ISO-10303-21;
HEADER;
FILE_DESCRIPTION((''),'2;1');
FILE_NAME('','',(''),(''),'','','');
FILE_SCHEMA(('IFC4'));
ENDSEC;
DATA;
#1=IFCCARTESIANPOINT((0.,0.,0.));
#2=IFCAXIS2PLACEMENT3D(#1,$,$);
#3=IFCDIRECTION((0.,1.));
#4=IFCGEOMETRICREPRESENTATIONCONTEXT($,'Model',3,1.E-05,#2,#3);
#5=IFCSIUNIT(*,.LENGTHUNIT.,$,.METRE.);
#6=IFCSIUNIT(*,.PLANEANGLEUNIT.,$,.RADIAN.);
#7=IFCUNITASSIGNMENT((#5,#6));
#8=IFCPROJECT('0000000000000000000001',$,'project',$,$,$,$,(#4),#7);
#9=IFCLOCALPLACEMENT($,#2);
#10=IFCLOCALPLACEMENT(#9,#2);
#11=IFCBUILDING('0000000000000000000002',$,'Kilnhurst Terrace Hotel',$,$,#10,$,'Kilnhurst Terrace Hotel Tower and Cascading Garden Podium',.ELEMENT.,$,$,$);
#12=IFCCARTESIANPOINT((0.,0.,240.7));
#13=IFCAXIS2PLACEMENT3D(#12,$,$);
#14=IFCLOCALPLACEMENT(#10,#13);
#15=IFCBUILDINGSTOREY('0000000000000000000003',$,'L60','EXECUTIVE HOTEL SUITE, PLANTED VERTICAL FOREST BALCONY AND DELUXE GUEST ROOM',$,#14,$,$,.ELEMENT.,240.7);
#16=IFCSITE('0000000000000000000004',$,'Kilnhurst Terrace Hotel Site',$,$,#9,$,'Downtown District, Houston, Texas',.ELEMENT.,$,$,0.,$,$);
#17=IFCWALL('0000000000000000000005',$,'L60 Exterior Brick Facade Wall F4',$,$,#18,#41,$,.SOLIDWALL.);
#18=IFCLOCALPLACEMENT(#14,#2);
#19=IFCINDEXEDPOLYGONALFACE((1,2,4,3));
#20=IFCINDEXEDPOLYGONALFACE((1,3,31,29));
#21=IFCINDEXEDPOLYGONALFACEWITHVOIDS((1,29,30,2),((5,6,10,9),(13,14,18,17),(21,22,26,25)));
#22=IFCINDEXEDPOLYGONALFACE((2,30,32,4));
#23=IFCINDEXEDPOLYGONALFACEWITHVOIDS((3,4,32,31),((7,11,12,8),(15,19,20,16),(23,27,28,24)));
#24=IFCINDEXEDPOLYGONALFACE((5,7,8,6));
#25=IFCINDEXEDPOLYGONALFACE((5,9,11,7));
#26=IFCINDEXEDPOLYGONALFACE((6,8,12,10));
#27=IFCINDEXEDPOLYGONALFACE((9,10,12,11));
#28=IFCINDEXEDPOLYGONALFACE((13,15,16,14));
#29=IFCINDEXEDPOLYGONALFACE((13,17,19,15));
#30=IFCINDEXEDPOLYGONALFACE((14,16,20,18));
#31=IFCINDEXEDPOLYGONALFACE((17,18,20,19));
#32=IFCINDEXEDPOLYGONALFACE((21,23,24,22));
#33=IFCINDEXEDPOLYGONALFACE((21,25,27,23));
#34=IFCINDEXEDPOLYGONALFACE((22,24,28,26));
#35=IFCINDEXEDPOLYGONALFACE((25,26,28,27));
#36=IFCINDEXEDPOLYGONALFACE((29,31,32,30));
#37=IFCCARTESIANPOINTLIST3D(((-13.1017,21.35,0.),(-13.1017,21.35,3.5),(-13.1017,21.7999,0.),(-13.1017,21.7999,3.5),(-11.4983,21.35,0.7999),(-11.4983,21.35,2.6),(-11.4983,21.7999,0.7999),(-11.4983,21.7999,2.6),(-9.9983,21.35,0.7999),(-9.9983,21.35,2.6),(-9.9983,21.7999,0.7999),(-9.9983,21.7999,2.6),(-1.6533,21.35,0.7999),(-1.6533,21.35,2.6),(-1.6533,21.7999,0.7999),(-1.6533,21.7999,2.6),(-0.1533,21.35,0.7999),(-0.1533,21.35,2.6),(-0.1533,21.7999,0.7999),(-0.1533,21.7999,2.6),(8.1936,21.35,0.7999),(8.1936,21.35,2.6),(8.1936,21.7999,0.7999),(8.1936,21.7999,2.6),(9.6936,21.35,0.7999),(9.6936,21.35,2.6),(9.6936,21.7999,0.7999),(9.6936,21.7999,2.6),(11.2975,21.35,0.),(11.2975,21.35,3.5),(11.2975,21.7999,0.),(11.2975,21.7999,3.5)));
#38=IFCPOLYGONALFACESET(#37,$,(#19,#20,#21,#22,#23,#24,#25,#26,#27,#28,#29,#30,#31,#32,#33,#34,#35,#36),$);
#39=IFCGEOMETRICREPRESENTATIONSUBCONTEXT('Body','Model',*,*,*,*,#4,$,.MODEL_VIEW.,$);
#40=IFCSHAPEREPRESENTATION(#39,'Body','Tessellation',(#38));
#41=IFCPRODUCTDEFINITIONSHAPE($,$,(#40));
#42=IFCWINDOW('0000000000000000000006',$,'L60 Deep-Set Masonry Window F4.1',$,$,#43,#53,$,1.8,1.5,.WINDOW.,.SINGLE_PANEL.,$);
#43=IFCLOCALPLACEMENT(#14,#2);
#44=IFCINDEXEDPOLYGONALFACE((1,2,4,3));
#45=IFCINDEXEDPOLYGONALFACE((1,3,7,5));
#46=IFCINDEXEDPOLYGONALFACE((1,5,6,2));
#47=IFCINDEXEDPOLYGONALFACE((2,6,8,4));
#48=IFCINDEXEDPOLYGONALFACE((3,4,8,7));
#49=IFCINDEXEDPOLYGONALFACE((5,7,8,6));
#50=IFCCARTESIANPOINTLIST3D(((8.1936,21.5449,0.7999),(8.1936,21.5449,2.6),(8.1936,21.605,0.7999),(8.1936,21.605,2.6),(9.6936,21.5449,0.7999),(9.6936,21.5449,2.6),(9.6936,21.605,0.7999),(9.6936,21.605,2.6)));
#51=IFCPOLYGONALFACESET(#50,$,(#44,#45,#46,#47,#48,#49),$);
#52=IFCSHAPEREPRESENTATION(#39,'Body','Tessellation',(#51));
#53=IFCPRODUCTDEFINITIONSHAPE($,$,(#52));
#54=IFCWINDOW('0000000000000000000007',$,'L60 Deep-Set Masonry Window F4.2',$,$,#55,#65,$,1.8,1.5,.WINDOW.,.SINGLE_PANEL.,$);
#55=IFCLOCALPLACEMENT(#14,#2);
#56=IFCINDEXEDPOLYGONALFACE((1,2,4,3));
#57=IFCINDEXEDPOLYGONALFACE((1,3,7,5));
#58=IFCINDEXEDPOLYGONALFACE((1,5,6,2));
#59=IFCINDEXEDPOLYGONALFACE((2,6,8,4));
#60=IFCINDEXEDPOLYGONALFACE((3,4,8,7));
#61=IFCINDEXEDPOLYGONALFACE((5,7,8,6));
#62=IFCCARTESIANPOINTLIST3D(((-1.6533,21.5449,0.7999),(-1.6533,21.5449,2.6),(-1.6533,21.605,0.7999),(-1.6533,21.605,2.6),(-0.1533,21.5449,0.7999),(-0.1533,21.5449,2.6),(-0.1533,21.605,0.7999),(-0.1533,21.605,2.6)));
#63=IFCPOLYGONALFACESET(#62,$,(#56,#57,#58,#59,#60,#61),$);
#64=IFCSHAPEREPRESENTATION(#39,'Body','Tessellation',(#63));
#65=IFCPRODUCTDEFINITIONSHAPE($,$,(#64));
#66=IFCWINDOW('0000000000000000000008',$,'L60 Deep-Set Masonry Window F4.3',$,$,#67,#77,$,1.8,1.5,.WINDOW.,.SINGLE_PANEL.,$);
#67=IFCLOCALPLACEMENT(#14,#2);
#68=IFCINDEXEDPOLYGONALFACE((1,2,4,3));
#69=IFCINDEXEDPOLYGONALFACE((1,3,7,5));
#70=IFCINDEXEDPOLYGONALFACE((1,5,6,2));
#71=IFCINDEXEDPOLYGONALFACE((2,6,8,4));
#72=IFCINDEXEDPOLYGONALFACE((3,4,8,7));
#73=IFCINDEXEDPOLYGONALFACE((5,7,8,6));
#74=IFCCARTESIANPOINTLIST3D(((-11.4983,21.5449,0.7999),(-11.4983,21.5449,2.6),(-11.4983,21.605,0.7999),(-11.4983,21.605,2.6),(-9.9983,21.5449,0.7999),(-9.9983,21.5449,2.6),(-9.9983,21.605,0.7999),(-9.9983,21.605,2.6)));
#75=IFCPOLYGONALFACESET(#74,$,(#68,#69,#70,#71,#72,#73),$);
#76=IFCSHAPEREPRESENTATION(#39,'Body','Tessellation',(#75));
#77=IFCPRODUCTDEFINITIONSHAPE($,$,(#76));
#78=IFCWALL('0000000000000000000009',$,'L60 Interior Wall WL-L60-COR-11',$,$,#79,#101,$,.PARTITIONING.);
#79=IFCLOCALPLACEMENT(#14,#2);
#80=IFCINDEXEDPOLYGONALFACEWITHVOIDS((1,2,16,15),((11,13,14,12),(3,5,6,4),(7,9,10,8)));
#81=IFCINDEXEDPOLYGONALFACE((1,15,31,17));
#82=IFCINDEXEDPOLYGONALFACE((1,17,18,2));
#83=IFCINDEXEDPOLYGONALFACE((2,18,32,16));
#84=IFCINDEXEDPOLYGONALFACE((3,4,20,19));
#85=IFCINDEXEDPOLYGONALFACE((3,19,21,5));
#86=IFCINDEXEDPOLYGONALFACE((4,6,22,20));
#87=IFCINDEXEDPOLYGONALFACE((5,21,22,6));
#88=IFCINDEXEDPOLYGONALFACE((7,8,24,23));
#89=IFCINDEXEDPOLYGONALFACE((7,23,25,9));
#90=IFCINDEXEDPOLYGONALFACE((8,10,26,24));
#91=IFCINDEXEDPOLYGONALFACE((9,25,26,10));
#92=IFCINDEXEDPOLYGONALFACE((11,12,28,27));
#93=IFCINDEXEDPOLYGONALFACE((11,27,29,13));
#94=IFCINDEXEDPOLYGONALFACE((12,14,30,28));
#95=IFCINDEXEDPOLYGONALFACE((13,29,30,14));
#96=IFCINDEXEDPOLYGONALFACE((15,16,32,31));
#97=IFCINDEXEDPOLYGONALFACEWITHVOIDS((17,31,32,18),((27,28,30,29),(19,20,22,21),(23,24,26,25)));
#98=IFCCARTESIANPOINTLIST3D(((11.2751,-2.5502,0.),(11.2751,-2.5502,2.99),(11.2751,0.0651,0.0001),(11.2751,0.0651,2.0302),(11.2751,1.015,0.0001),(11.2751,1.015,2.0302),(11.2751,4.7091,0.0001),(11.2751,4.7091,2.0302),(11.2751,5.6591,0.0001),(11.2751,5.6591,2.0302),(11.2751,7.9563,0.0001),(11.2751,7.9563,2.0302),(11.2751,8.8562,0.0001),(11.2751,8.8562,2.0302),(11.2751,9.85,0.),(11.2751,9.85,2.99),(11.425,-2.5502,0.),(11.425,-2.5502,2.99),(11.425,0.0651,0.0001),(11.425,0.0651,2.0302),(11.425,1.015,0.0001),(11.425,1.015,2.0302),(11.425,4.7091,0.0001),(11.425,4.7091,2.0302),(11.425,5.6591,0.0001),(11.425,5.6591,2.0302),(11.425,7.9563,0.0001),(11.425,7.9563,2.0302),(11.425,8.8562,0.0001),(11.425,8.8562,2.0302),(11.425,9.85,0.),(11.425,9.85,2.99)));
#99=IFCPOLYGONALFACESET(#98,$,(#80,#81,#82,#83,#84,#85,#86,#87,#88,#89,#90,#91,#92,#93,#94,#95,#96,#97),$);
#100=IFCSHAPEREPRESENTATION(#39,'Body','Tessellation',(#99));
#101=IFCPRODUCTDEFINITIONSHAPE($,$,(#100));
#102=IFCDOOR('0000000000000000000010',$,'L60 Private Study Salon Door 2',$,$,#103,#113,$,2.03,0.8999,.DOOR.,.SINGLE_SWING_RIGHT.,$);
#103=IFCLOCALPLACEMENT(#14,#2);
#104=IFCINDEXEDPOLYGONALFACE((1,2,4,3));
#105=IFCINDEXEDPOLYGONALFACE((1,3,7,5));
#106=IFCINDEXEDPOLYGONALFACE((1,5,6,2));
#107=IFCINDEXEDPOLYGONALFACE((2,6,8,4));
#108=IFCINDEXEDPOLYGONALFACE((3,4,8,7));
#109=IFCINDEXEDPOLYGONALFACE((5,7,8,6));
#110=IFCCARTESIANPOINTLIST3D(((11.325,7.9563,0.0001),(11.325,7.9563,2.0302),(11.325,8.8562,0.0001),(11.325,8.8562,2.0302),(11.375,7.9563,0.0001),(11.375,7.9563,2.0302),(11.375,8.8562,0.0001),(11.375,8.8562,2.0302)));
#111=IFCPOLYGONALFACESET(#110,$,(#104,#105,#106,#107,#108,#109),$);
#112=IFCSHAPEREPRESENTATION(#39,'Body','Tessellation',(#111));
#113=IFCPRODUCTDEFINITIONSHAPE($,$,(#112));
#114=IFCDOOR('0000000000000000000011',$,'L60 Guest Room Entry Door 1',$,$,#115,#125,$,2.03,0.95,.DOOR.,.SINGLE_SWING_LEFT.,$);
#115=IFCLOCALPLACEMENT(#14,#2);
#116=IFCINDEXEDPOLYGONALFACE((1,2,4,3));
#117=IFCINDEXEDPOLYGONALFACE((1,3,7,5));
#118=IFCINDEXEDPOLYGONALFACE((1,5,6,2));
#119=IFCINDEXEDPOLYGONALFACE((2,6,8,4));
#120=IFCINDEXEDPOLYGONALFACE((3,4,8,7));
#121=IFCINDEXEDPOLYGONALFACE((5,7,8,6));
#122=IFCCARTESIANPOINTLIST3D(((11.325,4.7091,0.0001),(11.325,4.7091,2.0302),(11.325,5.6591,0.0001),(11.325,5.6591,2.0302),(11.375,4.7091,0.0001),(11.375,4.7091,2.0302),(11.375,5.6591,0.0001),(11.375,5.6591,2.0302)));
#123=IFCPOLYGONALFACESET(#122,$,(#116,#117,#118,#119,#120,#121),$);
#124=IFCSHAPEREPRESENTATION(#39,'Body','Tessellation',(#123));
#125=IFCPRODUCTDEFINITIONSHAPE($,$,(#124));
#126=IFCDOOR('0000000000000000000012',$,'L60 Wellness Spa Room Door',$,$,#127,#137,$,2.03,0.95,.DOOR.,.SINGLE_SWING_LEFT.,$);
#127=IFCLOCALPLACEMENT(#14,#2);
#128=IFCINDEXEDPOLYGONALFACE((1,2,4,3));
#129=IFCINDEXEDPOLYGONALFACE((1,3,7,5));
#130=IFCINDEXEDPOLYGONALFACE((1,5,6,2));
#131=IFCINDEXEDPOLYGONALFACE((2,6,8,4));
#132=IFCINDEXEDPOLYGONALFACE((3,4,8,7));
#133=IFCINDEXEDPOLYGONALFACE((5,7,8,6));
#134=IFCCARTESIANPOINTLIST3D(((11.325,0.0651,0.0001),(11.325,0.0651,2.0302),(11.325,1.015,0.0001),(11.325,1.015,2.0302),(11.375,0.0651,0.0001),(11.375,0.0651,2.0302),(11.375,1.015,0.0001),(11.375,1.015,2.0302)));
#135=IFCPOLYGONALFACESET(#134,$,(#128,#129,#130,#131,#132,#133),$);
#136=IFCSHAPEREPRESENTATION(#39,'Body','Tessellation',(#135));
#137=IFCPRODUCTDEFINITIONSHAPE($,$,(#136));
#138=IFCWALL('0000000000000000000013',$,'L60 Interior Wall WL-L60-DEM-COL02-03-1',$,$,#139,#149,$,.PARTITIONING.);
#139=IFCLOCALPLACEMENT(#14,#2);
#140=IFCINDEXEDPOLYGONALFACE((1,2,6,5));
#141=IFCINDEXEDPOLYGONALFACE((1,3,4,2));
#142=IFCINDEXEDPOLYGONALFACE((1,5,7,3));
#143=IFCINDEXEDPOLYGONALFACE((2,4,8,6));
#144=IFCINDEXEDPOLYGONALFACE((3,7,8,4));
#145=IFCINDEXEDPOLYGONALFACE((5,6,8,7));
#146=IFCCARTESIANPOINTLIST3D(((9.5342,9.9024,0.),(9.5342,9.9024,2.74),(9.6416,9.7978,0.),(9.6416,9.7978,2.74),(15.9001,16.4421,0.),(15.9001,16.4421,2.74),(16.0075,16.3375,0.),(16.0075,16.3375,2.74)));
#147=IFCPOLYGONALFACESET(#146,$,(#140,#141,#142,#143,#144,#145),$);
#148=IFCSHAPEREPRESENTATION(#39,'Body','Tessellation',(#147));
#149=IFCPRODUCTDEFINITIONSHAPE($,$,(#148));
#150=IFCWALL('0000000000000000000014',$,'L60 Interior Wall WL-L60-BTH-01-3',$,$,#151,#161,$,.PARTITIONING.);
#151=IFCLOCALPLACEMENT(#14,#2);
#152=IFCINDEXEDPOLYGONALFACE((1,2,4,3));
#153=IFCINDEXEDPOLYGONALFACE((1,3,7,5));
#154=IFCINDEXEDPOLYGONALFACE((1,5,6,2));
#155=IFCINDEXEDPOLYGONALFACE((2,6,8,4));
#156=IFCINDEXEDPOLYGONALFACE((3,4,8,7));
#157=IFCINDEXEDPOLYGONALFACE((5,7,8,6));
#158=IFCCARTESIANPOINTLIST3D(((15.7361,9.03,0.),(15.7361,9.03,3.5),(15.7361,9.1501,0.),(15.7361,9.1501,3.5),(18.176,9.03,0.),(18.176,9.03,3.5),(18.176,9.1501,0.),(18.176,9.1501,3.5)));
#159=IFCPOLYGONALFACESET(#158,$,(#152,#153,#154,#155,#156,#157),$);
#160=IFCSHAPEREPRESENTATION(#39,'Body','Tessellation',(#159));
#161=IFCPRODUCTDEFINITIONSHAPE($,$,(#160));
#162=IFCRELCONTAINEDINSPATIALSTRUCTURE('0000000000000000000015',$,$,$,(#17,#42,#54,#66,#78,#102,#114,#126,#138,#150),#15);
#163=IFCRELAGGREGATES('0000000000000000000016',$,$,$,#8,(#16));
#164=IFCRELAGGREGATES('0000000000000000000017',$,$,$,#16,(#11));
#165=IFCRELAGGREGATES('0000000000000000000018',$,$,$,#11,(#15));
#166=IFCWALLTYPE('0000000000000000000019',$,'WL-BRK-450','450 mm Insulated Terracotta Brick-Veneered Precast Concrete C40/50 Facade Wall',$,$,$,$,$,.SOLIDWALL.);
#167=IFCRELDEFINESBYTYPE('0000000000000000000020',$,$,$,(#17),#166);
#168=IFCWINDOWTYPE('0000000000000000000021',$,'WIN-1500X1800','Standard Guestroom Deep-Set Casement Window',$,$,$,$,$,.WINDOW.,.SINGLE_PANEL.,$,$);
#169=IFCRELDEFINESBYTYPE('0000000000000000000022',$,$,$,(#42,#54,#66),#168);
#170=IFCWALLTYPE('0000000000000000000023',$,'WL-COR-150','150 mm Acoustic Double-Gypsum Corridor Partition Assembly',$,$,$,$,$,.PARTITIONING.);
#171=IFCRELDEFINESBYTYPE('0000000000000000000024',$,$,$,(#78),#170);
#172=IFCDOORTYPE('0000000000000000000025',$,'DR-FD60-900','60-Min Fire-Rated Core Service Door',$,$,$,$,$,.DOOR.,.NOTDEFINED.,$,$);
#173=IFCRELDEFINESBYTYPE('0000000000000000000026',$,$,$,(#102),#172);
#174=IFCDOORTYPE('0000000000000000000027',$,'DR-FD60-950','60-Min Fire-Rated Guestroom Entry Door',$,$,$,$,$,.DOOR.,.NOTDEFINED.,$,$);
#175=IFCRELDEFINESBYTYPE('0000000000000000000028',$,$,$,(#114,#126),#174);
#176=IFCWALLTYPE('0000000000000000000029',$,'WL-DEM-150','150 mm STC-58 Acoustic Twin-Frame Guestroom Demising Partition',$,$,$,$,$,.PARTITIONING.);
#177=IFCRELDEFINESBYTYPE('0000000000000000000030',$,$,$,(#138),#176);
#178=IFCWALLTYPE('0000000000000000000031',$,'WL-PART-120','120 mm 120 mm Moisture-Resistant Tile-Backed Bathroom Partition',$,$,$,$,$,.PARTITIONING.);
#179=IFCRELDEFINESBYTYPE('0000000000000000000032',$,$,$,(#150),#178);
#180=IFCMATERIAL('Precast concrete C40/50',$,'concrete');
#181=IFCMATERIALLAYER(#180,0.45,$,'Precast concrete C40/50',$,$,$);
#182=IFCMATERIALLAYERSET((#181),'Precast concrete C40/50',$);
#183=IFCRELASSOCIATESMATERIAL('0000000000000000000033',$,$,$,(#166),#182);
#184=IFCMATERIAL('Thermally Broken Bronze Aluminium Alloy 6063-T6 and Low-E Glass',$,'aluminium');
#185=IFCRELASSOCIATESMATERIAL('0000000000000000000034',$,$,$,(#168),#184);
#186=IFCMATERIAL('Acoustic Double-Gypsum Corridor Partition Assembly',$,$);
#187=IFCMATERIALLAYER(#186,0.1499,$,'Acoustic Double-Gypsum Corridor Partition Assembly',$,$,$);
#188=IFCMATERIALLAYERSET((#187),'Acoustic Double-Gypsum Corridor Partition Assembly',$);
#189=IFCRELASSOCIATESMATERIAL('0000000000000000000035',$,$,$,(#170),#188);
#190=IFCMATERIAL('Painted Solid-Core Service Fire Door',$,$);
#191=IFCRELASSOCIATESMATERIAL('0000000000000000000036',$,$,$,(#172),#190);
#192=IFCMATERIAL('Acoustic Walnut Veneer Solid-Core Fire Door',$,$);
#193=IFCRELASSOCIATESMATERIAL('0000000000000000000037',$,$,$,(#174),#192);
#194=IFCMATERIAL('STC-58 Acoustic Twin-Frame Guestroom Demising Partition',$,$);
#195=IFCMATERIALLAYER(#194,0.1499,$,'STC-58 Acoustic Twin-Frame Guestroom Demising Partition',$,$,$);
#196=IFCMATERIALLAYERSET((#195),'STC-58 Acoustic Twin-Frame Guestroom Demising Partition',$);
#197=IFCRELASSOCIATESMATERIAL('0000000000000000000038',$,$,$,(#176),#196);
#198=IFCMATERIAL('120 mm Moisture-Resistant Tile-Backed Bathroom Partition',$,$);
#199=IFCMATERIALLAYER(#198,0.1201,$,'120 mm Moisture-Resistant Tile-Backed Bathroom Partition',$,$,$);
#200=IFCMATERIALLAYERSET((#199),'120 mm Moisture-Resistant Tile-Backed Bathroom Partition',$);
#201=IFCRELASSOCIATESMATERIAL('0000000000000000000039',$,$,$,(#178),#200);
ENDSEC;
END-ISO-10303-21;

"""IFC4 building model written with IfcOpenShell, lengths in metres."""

from ifc_helpers import new_model, si_unit, direction, frame, frame_2d, origin, place, context, subcontext, project, spatial, rectangle, extrude, material, layer, layer_set, type_object, element, fill, save


model = new_model("IFC4")

# Units and contexts
model_context = context("Model", 3, precision=1e-05, world=origin(), true_north=direction((0.0, 1.0)))
body_context = subcontext(model_context, "Body", "Model", "MODEL_VIEW")
ifc_project = project(units=[si_unit("LENGTHUNIT", "METRE"), si_unit("PLANEANGLEUNIT", "RADIAN")], contexts=[model_context])

# Site, building, storey
site_placement = place(None, origin())
site = spatial("IfcSite", under=ifc_project, at=site_placement, Name="Kilnhurst Terrace Hotel Site", LongName="Downtown District, Houston, Texas", CompositionType="ELEMENT", RefElevation=0.0)
building_placement = place(site_placement, origin())
building = spatial("IfcBuilding", under=site, at=building_placement, Name="Kilnhurst Terrace Hotel", LongName="Kilnhurst Terrace Hotel Tower and Cascading Garden Podium", CompositionType="ELEMENT")
storey_placement = place(building_placement, frame((0.0, 0.0, 240.7)))
storey = spatial("IfcBuildingStorey", under=building, at=storey_placement, Name="L60", Description="EXECUTIVE HOTEL SUITE, PLANTED VERTICAL FOREST BALCONY AND DELUXE GUEST ROOM", CompositionType="ELEMENT", Elevation=240.7)

# Shared definitions
ifc_material_1 = material(Name="Precast concrete C40/50", Category="concrete")
ifc_layer_1 = layer(ifc_material_1, 0.45, Name="Precast concrete C40/50")
ifc_layer_set_1 = layer_set([ifc_layer_1], Name="Precast concrete C40/50")
wall_type_1 = type_object("IfcWallType", Name="WL-BRK-450", Description="450 mm Insulated Terracotta Brick-Veneered Precast Concrete C40/50 Facade Wall", PredefinedType="SOLIDWALL", material=ifc_layer_set_1)

# Wall, openings, windows
wall_1_placement = place(storey_placement, frame((11.2976, 21.575, 0.0), z_axis=(0.0, 0.0, 1.0), x_axis=(-1.0, 0.0, 0.0)))
wall_1 = element("IfcWall", 1, at=wall_1_placement, inside=storey, type_object=wall_type_1, Name="L60 Exterior Brick Facade Wall F4", PredefinedType="SOLIDWALL", context=body_context, shape_type="SweptSolid", body=[
    extrude(rectangle(XDim=24.3992, YDim=0.45, at=frame_2d((12.1997, 0.0))), origin(), (0.0, 0.0, 1.0), 3.5),
])
opening_1_placement = place(wall_1_placement, frame((1.604, 0.0, 0.8)))
opening_1 = element("IfcOpeningElement", 2, at=opening_1_placement, cuts=wall_1, PredefinedType="OPENING", context=body_context, shape_type="SweptSolid", body=[
    extrude(rectangle(XDim=1.5, YDim=1.8, at=frame_2d((0.75, 0.8999))), frame((0.0, 0.2349, 0.0), z_axis=(0.0, -1.0, 0.0), x_axis=(1.0, 0.0, 0.0)), (0.0, 0.0, 1.0), 0.47),
])
opening_2_placement = place(wall_1_placement, frame((11.4509, 0.0, 0.8)))
opening_2 = element("IfcOpeningElement", 3, at=opening_2_placement, cuts=wall_1, PredefinedType="OPENING", context=body_context, shape_type="SweptSolid", body=[
    extrude(rectangle(XDim=1.5, YDim=1.8, at=frame_2d((0.75, 0.8999))), frame((0.0, 0.2349, 0.0), z_axis=(0.0, -1.0, 0.0), x_axis=(1.0, 0.0, 0.0)), (0.0, 0.0, 1.0), 0.47),
])
opening_3_placement = place(wall_1_placement, frame((21.2959, 0.0, 0.8)))
opening_3 = element("IfcOpeningElement", 4, at=opening_3_placement, cuts=wall_1, PredefinedType="OPENING", context=body_context, shape_type="SweptSolid", body=[
    extrude(rectangle(XDim=1.5, YDim=1.8, at=frame_2d((0.75, 0.8999))), frame((0.0, 0.2349, 0.0), z_axis=(0.0, -1.0, 0.0), x_axis=(1.0, 0.0, 0.0)), (0.0, 0.0, 1.0), 0.47),
])
ifc_material_2 = material(Name="Thermally Broken Bronze Aluminium Alloy 6063-T6 and Low-E Glass", Category="aluminium")
window_type = type_object("IfcWindowType", Name="WIN-1500X1800", Description="Standard Guestroom Deep-Set Casement Window", PartitioningType="SINGLE_PANEL", PredefinedType="WINDOW", material=ifc_material_2)
window_1_placement = place(opening_1_placement, origin())
window_1 = element("IfcWindow", 5, at=window_1_placement, inside=storey, type_object=window_type, Name="L60 Deep-Set Masonry Window F4.1", OverallHeight=1.8, OverallWidth=1.5, PartitioningType="SINGLE_PANEL", PredefinedType="WINDOW", context=body_context, shape_type="SweptSolid", body=[
    extrude(rectangle(XDim=1.5, YDim=1.8, at=frame_2d((0.75, 0.8999))), frame((0.0, 0.03, 0.0), z_axis=(0.0, -1.0, 0.0), x_axis=(1.0, 0.0, 0.0)), (0.0, 0.0, 1.0), 0.0601),
])
fill(opening_1, window_1)
window_2_placement = place(opening_2_placement, origin())
window_2 = element("IfcWindow", 6, at=window_2_placement, inside=storey, type_object=window_type, Name="L60 Deep-Set Masonry Window F4.2", OverallHeight=1.8, OverallWidth=1.5, PartitioningType="SINGLE_PANEL", PredefinedType="WINDOW", context=body_context, shape_type="SweptSolid", body=[
    extrude(rectangle(XDim=1.5, YDim=1.8, at=frame_2d((0.75, 0.8999))), frame((0.0, 0.03, 0.0), z_axis=(0.0, -1.0, 0.0), x_axis=(1.0, 0.0, 0.0)), (0.0, 0.0, 1.0), 0.0601),
])
fill(opening_2, window_2)
window_3_placement = place(opening_3_placement, origin())
window_3 = element("IfcWindow", 7, at=window_3_placement, inside=storey, type_object=window_type, Name="L60 Deep-Set Masonry Window F4.3", OverallHeight=1.8, OverallWidth=1.5, PartitioningType="SINGLE_PANEL", PredefinedType="WINDOW", context=body_context, shape_type="SweptSolid", body=[
    extrude(rectangle(XDim=1.5, YDim=1.8, at=frame_2d((0.75, 0.8999))), frame((0.0, 0.03, 0.0), z_axis=(0.0, -1.0, 0.0), x_axis=(1.0, 0.0, 0.0)), (0.0, 0.0, 1.0), 0.0601),
])
fill(opening_3, window_3)

# Wall, openings, doors
ifc_material_3 = material(Name="Acoustic Double-Gypsum Corridor Partition Assembly")
ifc_layer_2 = layer(ifc_material_3, 0.1499, Name="Acoustic Double-Gypsum Corridor Partition Assembly")
ifc_layer_set_2 = layer_set([ifc_layer_2], Name="Acoustic Double-Gypsum Corridor Partition Assembly")
wall_type_2 = type_object("IfcWallType", Name="WL-COR-150", Description="150 mm Acoustic Double-Gypsum Corridor Partition Assembly", PredefinedType="PARTITIONING", material=ifc_layer_set_2)
wall_2_placement = place(storey_placement, frame((11.3501, 9.8501, 0.0), z_axis=(0.0, 0.0, 1.0), x_axis=(0.0, -1.0, 0.0)))
wall_2 = element("IfcWall", 8, at=wall_2_placement, inside=storey, type_object=wall_type_2, Name="L60 Interior Wall WL-L60-COR-11", PredefinedType="PARTITIONING", context=body_context, shape_type="SweptSolid", body=[
    extrude(rectangle(XDim=12.4001, YDim=0.1499, at=frame_2d((6.2002, 0.0))), origin(), (0.0, 0.0, 1.0), 2.99),
])
opening_4_placement = place(wall_2_placement, frame((4.1909, 0.0, 0.0)))
opening_4 = element("IfcOpeningElement", 9, at=opening_4_placement, cuts=wall_2, PredefinedType="OPENING", context=body_context, shape_type="SweptSolid", body=[
    extrude(rectangle(XDim=0.95, YDim=2.03, at=frame_2d((0.4751, 1.0151))), frame((0.0, 0.085, 0.0), z_axis=(0.0, -1.0, 0.0), x_axis=(1.0, 0.0, 0.0)), (0.0, 0.0, 1.0), 0.1699),
])
opening_5_placement = place(wall_2_placement, frame((0.9939, 0.0, 0.0)))
opening_5 = element("IfcOpeningElement", 10, at=opening_5_placement, cuts=wall_2, PredefinedType="OPENING", context=body_context, shape_type="SweptSolid", body=[
    extrude(rectangle(XDim=0.8999, YDim=2.03, at=frame_2d((0.45, 1.0151))), frame((0.0, 0.085, 0.0), z_axis=(0.0, -1.0, 0.0), x_axis=(1.0, 0.0, 0.0)), (0.0, 0.0, 1.0), 0.1699),
])
opening_6_placement = place(wall_2_placement, frame((8.835, 0.0, 0.0)))
opening_6 = element("IfcOpeningElement", 11, at=opening_6_placement, cuts=wall_2, PredefinedType="OPENING", context=body_context, shape_type="SweptSolid", body=[
    extrude(rectangle(XDim=0.95, YDim=2.03, at=frame_2d((0.4751, 1.0151))), frame((0.0, 0.085, 0.0), z_axis=(0.0, -1.0, 0.0), x_axis=(1.0, 0.0, 0.0)), (0.0, 0.0, 1.0), 0.1699),
])
ifc_material_4 = material(Name="Painted Solid-Core Service Fire Door")
door_type_1 = type_object("IfcDoorType", Name="DR-FD60-900", Description="60-Min Fire-Rated Core Service Door", OperationType="NOTDEFINED", PredefinedType="DOOR", material=ifc_material_4)
door_1_placement = place(opening_5_placement, origin())
door_1 = element("IfcDoor", 12, at=door_1_placement, inside=storey, type_object=door_type_1, Name="L60 Private Study Salon Door 2", OperationType="SINGLE_SWING_RIGHT", OverallHeight=2.03, OverallWidth=0.8999, PredefinedType="DOOR", context=body_context, shape_type="SweptSolid", body=[
    extrude(rectangle(XDim=0.8999, YDim=2.03, at=frame_2d((0.45, 1.0151))), frame((0.0, 0.0249, 0.0), z_axis=(0.0, -1.0, 0.0), x_axis=(1.0, 0.0, 0.0)), (0.0, 0.0, 1.0), 0.05),
])
fill(opening_5, door_1)
ifc_material_5 = material(Name="Acoustic Walnut Veneer Solid-Core Fire Door")
door_type_2 = type_object("IfcDoorType", Name="DR-FD60-950", Description="60-Min Fire-Rated Guestroom Entry Door", OperationType="NOTDEFINED", PredefinedType="DOOR", material=ifc_material_5)
door_2_placement = place(opening_4_placement, origin())
door_2 = element("IfcDoor", 13, at=door_2_placement, inside=storey, type_object=door_type_2, Name="L60 Guest Room Entry Door 1", OperationType="SINGLE_SWING_LEFT", OverallHeight=2.03, OverallWidth=0.95, PredefinedType="DOOR", context=body_context, shape_type="SweptSolid", body=[
    extrude(rectangle(XDim=0.95, YDim=2.03, at=frame_2d((0.4751, 1.0151))), frame((0.0, 0.0249, 0.0), z_axis=(0.0, -1.0, 0.0), x_axis=(1.0, 0.0, 0.0)), (0.0, 0.0, 1.0), 0.05),
])
fill(opening_4, door_2)
door_3_placement = place(opening_6_placement, origin())
door_3 = element("IfcDoor", 14, at=door_3_placement, inside=storey, type_object=door_type_2, Name="L60 Wellness Spa Room Door", OperationType="SINGLE_SWING_LEFT", OverallHeight=2.03, OverallWidth=0.95, PredefinedType="DOOR", context=body_context, shape_type="SweptSolid", body=[
    extrude(rectangle(XDim=0.95, YDim=2.03, at=frame_2d((0.4751, 1.0151))), frame((0.0, 0.0249, 0.0), z_axis=(0.0, -1.0, 0.0), x_axis=(1.0, 0.0, 0.0)), (0.0, 0.0, 1.0), 0.05),
])
fill(opening_6, door_3)

# Walls
ifc_material_6 = material(Name="STC-58 Acoustic Twin-Frame Guestroom Demising Partition")
ifc_layer_3 = layer(ifc_material_6, 0.1499, Name="STC-58 Acoustic Twin-Frame Guestroom Demising Partition")
ifc_layer_set_3 = layer_set([ifc_layer_3], Name="STC-58 Acoustic Twin-Frame Guestroom Demising Partition")
wall_type_3 = type_object("IfcWallType", Name="WL-DEM-150", Description="150 mm STC-58 Acoustic Twin-Frame Guestroom Demising Partition", PredefinedType="PARTITIONING", material=ifc_layer_set_3)
wall_3_placement = place(storey_placement, frame((9.5879, 9.8501, 0.0), z_axis=(0.0, 0.0, 1.0), x_axis=(0.697519, 0.716566, 0.0)))
element("IfcWall", 15, at=wall_3_placement, inside=storey, type_object=wall_type_3, Name="L60 Interior Wall WL-L60-DEM-COL02-03-1", PredefinedType="PARTITIONING", context=body_context, shape_type="SweptSolid", body=[
    extrude(rectangle(XDim=9.1265, YDim=0.1499, at=frame_2d((4.5632, 0.0))), origin(), (0.0, 0.0, 1.0), 2.74),
])
ifc_material_7 = material(Name="120 mm Moisture-Resistant Tile-Backed Bathroom Partition")
ifc_layer_4 = layer(ifc_material_7, 0.1201, Name="120 mm Moisture-Resistant Tile-Backed Bathroom Partition")
ifc_layer_set_4 = layer_set([ifc_layer_4], Name="120 mm Moisture-Resistant Tile-Backed Bathroom Partition")
wall_type_4 = type_object("IfcWallType", Name="WL-PART-120", Description="120 mm 120 mm Moisture-Resistant Tile-Backed Bathroom Partition", PredefinedType="PARTITIONING", material=ifc_layer_set_4)
wall_4_placement = place(storey_placement, frame((18.176, 9.0901, 0.0), z_axis=(0.0, 0.0, 1.0), x_axis=(-1.0, 0.0, 0.0)))
element("IfcWall", 16, at=wall_4_placement, inside=storey, type_object=wall_type_4, Name="L60 Interior Wall WL-L60-BTH-01-3", PredefinedType="PARTITIONING", context=body_context, shape_type="SweptSolid", body=[
    extrude(rectangle(XDim=2.4399, YDim=0.1201, at=frame_2d((1.22, 0.0))), origin(), (0.0, 0.0, 1.0), 3.5),
])

save(model, "model.ifc")
